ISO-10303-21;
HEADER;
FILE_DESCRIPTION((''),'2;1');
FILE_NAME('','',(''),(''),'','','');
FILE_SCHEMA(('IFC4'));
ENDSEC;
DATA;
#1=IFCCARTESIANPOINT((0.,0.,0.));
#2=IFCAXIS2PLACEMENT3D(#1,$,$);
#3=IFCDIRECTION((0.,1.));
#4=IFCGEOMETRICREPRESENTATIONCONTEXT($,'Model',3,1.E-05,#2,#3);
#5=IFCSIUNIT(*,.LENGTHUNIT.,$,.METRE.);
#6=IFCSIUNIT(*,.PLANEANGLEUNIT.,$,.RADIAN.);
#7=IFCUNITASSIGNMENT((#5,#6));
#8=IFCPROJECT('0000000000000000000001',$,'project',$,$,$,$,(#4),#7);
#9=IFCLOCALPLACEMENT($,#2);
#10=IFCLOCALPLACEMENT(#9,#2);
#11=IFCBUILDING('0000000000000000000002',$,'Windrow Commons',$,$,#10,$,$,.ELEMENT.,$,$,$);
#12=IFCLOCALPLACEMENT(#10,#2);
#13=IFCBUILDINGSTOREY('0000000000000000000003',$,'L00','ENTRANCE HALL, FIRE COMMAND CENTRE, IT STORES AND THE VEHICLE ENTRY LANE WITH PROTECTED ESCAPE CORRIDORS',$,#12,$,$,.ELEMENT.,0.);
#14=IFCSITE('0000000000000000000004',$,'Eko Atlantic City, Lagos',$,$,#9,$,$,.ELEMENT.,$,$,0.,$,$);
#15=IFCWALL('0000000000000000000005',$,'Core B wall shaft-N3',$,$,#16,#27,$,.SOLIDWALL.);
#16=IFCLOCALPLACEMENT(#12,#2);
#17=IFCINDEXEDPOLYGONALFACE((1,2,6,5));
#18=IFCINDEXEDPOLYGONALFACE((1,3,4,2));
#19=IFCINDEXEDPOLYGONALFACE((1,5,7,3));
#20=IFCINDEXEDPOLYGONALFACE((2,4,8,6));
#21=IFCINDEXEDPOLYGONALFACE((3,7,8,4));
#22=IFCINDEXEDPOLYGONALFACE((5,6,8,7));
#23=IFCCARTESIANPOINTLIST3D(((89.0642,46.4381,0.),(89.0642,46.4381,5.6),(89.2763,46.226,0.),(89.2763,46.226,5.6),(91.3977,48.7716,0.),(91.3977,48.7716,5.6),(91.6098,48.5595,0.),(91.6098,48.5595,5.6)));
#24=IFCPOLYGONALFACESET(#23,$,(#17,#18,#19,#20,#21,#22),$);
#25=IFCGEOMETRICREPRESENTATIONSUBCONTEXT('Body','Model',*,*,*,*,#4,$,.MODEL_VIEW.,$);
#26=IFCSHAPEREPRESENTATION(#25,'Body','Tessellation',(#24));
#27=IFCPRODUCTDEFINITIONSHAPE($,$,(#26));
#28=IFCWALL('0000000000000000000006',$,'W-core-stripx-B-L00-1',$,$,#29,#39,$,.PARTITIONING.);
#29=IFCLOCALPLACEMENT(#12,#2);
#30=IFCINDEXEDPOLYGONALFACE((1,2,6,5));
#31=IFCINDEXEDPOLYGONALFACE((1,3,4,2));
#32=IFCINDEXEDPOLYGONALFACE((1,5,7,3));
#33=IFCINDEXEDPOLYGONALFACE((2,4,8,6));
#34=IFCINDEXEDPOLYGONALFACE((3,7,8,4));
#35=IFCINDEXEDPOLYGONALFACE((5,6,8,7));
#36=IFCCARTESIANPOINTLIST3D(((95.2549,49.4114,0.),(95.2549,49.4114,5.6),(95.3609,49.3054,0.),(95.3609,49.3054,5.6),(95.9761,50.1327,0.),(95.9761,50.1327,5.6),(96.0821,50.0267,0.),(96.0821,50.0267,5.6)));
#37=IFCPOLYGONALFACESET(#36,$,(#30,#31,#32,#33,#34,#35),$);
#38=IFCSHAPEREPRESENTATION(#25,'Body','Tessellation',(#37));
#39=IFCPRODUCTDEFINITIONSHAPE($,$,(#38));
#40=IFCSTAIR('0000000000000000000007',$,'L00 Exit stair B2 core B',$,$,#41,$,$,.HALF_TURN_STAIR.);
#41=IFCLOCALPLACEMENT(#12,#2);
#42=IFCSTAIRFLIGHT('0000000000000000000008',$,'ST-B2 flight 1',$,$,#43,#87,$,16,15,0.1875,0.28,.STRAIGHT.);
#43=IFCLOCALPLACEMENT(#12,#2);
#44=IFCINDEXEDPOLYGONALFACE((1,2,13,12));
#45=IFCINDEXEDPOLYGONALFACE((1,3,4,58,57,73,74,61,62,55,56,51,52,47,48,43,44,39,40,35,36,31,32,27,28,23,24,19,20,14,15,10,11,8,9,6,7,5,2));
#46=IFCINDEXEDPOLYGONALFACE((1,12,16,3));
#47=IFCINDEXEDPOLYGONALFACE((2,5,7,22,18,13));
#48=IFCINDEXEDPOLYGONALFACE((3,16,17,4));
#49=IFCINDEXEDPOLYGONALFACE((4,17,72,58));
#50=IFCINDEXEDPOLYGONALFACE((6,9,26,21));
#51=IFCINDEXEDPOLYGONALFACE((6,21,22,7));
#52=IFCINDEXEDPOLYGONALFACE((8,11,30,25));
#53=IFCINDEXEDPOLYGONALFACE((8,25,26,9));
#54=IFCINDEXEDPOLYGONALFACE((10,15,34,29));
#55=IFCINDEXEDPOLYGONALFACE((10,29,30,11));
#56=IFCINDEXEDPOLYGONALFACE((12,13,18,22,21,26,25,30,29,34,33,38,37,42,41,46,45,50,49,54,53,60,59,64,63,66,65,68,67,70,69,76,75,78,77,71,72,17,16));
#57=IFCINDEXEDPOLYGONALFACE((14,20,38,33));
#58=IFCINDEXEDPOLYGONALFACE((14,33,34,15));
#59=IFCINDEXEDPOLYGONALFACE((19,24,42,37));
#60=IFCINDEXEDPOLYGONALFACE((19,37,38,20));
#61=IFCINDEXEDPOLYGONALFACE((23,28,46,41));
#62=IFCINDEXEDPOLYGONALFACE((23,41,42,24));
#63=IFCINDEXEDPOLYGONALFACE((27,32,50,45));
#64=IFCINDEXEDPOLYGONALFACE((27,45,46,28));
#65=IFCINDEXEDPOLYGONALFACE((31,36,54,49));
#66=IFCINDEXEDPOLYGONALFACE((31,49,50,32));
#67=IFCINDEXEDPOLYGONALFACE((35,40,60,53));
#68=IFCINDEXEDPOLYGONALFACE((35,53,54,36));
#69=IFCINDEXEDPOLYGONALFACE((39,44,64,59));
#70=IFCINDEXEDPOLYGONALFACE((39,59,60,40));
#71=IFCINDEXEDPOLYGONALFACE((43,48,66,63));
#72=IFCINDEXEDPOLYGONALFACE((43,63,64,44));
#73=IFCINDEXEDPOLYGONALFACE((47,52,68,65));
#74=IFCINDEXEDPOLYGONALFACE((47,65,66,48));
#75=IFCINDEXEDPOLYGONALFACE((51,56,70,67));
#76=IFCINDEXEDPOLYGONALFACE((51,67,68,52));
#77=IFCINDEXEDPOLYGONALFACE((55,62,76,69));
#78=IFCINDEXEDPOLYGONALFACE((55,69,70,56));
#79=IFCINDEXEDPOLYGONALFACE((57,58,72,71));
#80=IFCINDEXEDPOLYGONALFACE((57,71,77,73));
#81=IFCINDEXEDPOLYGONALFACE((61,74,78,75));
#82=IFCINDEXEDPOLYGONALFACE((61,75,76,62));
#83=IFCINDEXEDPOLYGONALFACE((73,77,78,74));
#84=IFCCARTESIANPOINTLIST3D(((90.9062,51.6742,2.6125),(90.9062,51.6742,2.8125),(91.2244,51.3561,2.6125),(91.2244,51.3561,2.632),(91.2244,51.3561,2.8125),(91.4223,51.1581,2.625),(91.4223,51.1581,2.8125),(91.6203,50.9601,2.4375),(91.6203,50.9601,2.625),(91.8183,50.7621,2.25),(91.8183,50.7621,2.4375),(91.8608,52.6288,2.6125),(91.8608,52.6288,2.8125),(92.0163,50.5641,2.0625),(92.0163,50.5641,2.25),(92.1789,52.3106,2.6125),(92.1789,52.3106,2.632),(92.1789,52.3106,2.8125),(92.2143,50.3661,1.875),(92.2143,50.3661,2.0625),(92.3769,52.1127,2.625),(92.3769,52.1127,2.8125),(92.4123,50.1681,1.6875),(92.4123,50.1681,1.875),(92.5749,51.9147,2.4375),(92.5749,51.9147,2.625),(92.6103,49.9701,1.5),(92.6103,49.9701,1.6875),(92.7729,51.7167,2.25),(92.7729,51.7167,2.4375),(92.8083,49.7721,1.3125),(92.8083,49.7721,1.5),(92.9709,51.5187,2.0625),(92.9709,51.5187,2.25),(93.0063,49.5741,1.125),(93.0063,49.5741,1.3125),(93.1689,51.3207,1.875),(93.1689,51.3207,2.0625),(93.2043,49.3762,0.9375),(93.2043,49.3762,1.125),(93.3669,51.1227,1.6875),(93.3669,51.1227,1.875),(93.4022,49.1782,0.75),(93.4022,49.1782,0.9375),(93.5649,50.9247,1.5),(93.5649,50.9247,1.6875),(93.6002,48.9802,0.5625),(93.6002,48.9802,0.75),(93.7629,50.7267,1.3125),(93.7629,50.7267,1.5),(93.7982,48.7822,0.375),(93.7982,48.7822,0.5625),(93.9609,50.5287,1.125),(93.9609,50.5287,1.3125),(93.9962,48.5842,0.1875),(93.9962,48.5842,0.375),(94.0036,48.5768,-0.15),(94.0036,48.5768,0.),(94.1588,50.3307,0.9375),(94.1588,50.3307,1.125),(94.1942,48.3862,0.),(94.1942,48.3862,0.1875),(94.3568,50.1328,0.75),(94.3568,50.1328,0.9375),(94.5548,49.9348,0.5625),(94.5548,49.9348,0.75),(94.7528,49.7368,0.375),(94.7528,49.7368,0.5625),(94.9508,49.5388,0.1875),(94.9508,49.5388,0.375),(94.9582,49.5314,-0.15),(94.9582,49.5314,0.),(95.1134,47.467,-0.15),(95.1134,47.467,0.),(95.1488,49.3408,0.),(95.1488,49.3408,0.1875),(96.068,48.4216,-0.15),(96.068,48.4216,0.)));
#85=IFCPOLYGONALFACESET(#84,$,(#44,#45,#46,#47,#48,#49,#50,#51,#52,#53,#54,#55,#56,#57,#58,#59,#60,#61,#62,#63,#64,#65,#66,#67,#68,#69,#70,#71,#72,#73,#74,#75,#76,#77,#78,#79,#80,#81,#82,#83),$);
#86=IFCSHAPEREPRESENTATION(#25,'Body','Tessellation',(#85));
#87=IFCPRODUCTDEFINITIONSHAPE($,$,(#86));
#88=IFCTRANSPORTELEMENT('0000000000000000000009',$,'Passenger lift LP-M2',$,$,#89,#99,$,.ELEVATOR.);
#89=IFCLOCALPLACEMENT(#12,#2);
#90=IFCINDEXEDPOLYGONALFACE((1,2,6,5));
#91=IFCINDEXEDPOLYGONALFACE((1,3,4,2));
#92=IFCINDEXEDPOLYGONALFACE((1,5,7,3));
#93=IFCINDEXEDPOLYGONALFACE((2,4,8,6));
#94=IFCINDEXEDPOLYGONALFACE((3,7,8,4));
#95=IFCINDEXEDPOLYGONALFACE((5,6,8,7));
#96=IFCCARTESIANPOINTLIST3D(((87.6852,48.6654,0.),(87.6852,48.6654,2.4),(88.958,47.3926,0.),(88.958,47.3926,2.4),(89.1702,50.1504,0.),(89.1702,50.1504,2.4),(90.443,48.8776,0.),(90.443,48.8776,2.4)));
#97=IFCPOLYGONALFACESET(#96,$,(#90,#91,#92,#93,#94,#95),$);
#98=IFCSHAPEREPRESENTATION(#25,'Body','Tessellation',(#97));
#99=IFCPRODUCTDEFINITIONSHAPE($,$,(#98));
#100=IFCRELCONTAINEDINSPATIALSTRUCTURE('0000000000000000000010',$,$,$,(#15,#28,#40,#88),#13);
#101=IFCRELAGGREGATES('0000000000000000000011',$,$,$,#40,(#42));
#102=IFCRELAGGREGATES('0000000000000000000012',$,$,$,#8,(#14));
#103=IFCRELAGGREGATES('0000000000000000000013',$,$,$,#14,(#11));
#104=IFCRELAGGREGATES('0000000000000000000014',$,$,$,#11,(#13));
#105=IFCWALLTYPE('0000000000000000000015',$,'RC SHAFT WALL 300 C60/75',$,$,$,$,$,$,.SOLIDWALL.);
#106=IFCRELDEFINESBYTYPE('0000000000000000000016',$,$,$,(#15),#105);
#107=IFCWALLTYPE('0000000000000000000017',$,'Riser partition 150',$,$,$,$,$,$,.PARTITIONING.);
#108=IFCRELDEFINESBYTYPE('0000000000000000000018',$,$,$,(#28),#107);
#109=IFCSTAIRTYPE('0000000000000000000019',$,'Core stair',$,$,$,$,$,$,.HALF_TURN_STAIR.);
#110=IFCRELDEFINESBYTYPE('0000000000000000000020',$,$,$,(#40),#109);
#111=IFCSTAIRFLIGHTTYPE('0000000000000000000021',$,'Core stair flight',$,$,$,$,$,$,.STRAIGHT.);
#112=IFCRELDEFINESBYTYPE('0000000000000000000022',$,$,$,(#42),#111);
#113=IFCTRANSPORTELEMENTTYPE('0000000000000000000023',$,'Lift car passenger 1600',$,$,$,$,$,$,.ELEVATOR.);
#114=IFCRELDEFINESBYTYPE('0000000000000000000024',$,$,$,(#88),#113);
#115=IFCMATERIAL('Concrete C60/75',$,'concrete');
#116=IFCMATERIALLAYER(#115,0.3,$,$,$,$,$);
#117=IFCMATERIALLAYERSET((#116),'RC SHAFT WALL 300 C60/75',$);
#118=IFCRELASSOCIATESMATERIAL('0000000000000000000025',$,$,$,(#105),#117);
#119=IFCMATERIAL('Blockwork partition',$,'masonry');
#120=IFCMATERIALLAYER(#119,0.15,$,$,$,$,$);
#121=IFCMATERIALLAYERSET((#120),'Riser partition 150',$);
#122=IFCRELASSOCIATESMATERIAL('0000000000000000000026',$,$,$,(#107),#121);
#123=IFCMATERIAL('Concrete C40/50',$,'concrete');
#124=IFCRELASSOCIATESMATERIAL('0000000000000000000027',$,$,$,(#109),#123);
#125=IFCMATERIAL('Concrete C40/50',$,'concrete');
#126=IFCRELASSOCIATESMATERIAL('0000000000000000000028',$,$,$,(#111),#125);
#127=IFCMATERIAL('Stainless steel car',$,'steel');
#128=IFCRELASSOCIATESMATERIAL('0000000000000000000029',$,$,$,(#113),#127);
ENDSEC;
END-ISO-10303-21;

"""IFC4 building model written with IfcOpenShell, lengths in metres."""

from ifc_helpers import new_model, si_unit, direction, frame, frame_2d, origin, origin_2d, place, context, subcontext, project, spatial, polyline, rectangle, outline, extrude, material, layer, layer_set, type_object, element, aggregate, save


model = new_model("IFC4")

# Units and contexts
model_context = context("Model", 3, precision=1e-05, world=origin(), true_north=direction((0.0, 1.0)))
body_context = subcontext(model_context, "Body", "Model", "MODEL_VIEW")
ifc_project = project(units=[si_unit("LENGTHUNIT", "METRE"), si_unit("PLANEANGLEUNIT", "RADIAN")], contexts=[model_context])

# Site, building, storey
site_placement = place(None, origin())
site = spatial("IfcSite", under=ifc_project, at=site_placement, Name="Eko Atlantic City, Lagos", CompositionType="ELEMENT", RefElevation=0.0)
building_placement = place(site_placement, origin())
building = spatial("IfcBuilding", under=site, at=building_placement, Name="Windrow Commons", CompositionType="ELEMENT")
storey_placement = place(building_placement, origin())
storey = spatial("IfcBuildingStorey", under=building, at=storey_placement, Name="L00", Description="ENTRANCE HALL, FIRE COMMAND CENTRE, IT STORES AND THE VEHICLE ENTRY LANE WITH PROTECTED ESCAPE CORRIDORS", CompositionType="ELEMENT", Elevation=0.0)

# Walls
ifc_material_1 = material(Name="Concrete C60/75", Category="concrete")
ifc_layer_1 = layer(ifc_material_1, 0.3)
ifc_layer_set_1 = layer_set([ifc_layer_1], Name="RC SHAFT WALL 300 C60/75")
wall_type_1 = type_object("IfcWallType", Name="RC SHAFT WALL 300 C60/75", PredefinedType="SOLIDWALL", material=ifc_layer_set_1)
for number, where, z_axis, x_axis, name in (
    (1, (89.1702, 46.332, 0.0), (0.0, 0.0, 1.0), (0.707107, 0.707107, 0.0), "Core B wall shaft-N3"),
):
    element("IfcWall", number, at=place(storey_placement, frame(where, z_axis=z_axis, x_axis=x_axis)), inside=storey, type_object=wall_type_1, Name=name, PredefinedType="SOLIDWALL", context=body_context, shape_type="SweptSolid", body=[
        extrude(rectangle(XDim=3.3001, YDim=0.3, at=frame_2d((1.6501, 0.0))), origin(), (0.0, 0.0, 1.0), 5.6),
    ])
ifc_material_2 = material(Name="Blockwork partition", Category="masonry")
ifc_layer_2 = layer(ifc_material_2, 0.15)
ifc_layer_set_2 = layer_set([ifc_layer_2], Name="Riser partition 150")
wall_type_2 = type_object("IfcWallType", Name="Riser partition 150", PredefinedType="PARTITIONING", material=ifc_layer_set_2)
wall_1_placement = place(storey_placement, frame((95.3079, 49.3584, 0.0), z_axis=(0.0, 0.0, 1.0), x_axis=(0.707058, 0.707156, 0.0)))
element("IfcWall", 2, at=wall_1_placement, inside=storey, type_object=wall_type_2, Name="W-core-stripx-B-L00-1", PredefinedType="PARTITIONING", context=body_context, shape_type="SweptSolid", body=[
    extrude(rectangle(XDim=1.02, YDim=0.15, at=frame_2d((0.51, 0.0))), origin(), (0.0, 0.0, 1.0), 5.6),
])

# Stair, stair flight
ifc_material_3 = material(Name="Concrete C40/50", Category="concrete")
stair_type = type_object("IfcStairType", Name="Core stair", PredefinedType="HALF_TURN_STAIR", material=ifc_material_3)
stair_placement = place(storey_placement, origin())
stair = element("IfcStair", 3, at=stair_placement, inside=storey, type_object=stair_type, Name="L00 Exit stair B2 core B", PredefinedType="HALF_TURN_STAIR")
ifc_material_4 = material(Name="Concrete C40/50", Category="concrete")
stair_flight_type = type_object("IfcStairFlightType", Name="Core stair flight", PredefinedType="STRAIGHT", material=ifc_material_4)
stair_flight_placement = place(storey_placement, frame((94.6715, 48.8635, 0.0), z_axis=(0.0, 0.0, 1.0), x_axis=(-0.707107, 0.707107, 0.0)))
stair_flight = element("IfcStairFlight", 4, at=stair_flight_placement, type_object=stair_flight_type, Name="ST-B2 flight 1", NumberOfRisers=16, NumberOfTreads=15, PredefinedType="STRAIGHT", RiserHeight=0.1875, TreadLength=0.28, context=body_context, shape_type="SweptSolid", body=[
    extrude(outline(polyline([(-1.3, -0.15), (-1.3, 0.0), (0.0, 0.0), (0.0, 0.1875), (0.28, 0.1875), (0.28, 0.375), (0.56, 0.375), (0.56, 0.5625), (0.84, 0.5625), (0.84, 0.75), (1.12, 0.75), (1.12, 0.9375), (1.4, 0.9375), (1.4, 1.125), (1.68, 1.125), (1.68, 1.3125), (1.96, 1.3125), (1.96, 1.5), (2.24, 1.5), (2.24, 1.6875), (2.52, 1.6875), (2.52, 1.875), (2.8, 1.875), (2.8, 2.0625), (3.08, 2.0625), (3.08, 2.25), (3.36, 2.25), (3.36, 2.4375), (3.64, 2.4375), (3.64, 2.625), (3.92, 2.625), (3.92, 2.8125), (4.2, 2.8125), (4.65, 2.8125), (4.65, 2.6125), (4.2, 2.6125), (4.2, 2.632), (0.2696, 0.0), (0.2696, -0.15), (-1.3, -0.15)])), frame((0.0, 0.675, 0.0), z_axis=(0.0, -1.0, 0.0), x_axis=(1.0, 0.0, 0.0)), (0.0, 0.0, 1.0), 1.35),
])
aggregate(stair, [stair_flight])

# Transport element
ifc_material_5 = material(Name="Stainless steel car", Category="steel")
transport_element_type = type_object("IfcTransportElementType", Name="Lift car passenger 1600", PredefinedType="ELEVATOR", material=ifc_material_5)
transport_element_placement = place(storey_placement, frame((89.0641, 48.7715, 0.0), z_axis=(0.0, 0.0, 1.0), x_axis=(0.707107, -0.707107, 0.0)))
element("IfcTransportElement", 5, at=transport_element_placement, inside=storey, type_object=transport_element_type, Name="Passenger lift LP-M2", PredefinedType="ELEVATOR", context=body_context, shape_type="SweptSolid", body=[
    extrude(rectangle(XDim=1.8, YDim=2.1, at=origin_2d()), origin(), (0.0, 0.0, 1.0), 2.4),
])

save(model, "model.ifc")
